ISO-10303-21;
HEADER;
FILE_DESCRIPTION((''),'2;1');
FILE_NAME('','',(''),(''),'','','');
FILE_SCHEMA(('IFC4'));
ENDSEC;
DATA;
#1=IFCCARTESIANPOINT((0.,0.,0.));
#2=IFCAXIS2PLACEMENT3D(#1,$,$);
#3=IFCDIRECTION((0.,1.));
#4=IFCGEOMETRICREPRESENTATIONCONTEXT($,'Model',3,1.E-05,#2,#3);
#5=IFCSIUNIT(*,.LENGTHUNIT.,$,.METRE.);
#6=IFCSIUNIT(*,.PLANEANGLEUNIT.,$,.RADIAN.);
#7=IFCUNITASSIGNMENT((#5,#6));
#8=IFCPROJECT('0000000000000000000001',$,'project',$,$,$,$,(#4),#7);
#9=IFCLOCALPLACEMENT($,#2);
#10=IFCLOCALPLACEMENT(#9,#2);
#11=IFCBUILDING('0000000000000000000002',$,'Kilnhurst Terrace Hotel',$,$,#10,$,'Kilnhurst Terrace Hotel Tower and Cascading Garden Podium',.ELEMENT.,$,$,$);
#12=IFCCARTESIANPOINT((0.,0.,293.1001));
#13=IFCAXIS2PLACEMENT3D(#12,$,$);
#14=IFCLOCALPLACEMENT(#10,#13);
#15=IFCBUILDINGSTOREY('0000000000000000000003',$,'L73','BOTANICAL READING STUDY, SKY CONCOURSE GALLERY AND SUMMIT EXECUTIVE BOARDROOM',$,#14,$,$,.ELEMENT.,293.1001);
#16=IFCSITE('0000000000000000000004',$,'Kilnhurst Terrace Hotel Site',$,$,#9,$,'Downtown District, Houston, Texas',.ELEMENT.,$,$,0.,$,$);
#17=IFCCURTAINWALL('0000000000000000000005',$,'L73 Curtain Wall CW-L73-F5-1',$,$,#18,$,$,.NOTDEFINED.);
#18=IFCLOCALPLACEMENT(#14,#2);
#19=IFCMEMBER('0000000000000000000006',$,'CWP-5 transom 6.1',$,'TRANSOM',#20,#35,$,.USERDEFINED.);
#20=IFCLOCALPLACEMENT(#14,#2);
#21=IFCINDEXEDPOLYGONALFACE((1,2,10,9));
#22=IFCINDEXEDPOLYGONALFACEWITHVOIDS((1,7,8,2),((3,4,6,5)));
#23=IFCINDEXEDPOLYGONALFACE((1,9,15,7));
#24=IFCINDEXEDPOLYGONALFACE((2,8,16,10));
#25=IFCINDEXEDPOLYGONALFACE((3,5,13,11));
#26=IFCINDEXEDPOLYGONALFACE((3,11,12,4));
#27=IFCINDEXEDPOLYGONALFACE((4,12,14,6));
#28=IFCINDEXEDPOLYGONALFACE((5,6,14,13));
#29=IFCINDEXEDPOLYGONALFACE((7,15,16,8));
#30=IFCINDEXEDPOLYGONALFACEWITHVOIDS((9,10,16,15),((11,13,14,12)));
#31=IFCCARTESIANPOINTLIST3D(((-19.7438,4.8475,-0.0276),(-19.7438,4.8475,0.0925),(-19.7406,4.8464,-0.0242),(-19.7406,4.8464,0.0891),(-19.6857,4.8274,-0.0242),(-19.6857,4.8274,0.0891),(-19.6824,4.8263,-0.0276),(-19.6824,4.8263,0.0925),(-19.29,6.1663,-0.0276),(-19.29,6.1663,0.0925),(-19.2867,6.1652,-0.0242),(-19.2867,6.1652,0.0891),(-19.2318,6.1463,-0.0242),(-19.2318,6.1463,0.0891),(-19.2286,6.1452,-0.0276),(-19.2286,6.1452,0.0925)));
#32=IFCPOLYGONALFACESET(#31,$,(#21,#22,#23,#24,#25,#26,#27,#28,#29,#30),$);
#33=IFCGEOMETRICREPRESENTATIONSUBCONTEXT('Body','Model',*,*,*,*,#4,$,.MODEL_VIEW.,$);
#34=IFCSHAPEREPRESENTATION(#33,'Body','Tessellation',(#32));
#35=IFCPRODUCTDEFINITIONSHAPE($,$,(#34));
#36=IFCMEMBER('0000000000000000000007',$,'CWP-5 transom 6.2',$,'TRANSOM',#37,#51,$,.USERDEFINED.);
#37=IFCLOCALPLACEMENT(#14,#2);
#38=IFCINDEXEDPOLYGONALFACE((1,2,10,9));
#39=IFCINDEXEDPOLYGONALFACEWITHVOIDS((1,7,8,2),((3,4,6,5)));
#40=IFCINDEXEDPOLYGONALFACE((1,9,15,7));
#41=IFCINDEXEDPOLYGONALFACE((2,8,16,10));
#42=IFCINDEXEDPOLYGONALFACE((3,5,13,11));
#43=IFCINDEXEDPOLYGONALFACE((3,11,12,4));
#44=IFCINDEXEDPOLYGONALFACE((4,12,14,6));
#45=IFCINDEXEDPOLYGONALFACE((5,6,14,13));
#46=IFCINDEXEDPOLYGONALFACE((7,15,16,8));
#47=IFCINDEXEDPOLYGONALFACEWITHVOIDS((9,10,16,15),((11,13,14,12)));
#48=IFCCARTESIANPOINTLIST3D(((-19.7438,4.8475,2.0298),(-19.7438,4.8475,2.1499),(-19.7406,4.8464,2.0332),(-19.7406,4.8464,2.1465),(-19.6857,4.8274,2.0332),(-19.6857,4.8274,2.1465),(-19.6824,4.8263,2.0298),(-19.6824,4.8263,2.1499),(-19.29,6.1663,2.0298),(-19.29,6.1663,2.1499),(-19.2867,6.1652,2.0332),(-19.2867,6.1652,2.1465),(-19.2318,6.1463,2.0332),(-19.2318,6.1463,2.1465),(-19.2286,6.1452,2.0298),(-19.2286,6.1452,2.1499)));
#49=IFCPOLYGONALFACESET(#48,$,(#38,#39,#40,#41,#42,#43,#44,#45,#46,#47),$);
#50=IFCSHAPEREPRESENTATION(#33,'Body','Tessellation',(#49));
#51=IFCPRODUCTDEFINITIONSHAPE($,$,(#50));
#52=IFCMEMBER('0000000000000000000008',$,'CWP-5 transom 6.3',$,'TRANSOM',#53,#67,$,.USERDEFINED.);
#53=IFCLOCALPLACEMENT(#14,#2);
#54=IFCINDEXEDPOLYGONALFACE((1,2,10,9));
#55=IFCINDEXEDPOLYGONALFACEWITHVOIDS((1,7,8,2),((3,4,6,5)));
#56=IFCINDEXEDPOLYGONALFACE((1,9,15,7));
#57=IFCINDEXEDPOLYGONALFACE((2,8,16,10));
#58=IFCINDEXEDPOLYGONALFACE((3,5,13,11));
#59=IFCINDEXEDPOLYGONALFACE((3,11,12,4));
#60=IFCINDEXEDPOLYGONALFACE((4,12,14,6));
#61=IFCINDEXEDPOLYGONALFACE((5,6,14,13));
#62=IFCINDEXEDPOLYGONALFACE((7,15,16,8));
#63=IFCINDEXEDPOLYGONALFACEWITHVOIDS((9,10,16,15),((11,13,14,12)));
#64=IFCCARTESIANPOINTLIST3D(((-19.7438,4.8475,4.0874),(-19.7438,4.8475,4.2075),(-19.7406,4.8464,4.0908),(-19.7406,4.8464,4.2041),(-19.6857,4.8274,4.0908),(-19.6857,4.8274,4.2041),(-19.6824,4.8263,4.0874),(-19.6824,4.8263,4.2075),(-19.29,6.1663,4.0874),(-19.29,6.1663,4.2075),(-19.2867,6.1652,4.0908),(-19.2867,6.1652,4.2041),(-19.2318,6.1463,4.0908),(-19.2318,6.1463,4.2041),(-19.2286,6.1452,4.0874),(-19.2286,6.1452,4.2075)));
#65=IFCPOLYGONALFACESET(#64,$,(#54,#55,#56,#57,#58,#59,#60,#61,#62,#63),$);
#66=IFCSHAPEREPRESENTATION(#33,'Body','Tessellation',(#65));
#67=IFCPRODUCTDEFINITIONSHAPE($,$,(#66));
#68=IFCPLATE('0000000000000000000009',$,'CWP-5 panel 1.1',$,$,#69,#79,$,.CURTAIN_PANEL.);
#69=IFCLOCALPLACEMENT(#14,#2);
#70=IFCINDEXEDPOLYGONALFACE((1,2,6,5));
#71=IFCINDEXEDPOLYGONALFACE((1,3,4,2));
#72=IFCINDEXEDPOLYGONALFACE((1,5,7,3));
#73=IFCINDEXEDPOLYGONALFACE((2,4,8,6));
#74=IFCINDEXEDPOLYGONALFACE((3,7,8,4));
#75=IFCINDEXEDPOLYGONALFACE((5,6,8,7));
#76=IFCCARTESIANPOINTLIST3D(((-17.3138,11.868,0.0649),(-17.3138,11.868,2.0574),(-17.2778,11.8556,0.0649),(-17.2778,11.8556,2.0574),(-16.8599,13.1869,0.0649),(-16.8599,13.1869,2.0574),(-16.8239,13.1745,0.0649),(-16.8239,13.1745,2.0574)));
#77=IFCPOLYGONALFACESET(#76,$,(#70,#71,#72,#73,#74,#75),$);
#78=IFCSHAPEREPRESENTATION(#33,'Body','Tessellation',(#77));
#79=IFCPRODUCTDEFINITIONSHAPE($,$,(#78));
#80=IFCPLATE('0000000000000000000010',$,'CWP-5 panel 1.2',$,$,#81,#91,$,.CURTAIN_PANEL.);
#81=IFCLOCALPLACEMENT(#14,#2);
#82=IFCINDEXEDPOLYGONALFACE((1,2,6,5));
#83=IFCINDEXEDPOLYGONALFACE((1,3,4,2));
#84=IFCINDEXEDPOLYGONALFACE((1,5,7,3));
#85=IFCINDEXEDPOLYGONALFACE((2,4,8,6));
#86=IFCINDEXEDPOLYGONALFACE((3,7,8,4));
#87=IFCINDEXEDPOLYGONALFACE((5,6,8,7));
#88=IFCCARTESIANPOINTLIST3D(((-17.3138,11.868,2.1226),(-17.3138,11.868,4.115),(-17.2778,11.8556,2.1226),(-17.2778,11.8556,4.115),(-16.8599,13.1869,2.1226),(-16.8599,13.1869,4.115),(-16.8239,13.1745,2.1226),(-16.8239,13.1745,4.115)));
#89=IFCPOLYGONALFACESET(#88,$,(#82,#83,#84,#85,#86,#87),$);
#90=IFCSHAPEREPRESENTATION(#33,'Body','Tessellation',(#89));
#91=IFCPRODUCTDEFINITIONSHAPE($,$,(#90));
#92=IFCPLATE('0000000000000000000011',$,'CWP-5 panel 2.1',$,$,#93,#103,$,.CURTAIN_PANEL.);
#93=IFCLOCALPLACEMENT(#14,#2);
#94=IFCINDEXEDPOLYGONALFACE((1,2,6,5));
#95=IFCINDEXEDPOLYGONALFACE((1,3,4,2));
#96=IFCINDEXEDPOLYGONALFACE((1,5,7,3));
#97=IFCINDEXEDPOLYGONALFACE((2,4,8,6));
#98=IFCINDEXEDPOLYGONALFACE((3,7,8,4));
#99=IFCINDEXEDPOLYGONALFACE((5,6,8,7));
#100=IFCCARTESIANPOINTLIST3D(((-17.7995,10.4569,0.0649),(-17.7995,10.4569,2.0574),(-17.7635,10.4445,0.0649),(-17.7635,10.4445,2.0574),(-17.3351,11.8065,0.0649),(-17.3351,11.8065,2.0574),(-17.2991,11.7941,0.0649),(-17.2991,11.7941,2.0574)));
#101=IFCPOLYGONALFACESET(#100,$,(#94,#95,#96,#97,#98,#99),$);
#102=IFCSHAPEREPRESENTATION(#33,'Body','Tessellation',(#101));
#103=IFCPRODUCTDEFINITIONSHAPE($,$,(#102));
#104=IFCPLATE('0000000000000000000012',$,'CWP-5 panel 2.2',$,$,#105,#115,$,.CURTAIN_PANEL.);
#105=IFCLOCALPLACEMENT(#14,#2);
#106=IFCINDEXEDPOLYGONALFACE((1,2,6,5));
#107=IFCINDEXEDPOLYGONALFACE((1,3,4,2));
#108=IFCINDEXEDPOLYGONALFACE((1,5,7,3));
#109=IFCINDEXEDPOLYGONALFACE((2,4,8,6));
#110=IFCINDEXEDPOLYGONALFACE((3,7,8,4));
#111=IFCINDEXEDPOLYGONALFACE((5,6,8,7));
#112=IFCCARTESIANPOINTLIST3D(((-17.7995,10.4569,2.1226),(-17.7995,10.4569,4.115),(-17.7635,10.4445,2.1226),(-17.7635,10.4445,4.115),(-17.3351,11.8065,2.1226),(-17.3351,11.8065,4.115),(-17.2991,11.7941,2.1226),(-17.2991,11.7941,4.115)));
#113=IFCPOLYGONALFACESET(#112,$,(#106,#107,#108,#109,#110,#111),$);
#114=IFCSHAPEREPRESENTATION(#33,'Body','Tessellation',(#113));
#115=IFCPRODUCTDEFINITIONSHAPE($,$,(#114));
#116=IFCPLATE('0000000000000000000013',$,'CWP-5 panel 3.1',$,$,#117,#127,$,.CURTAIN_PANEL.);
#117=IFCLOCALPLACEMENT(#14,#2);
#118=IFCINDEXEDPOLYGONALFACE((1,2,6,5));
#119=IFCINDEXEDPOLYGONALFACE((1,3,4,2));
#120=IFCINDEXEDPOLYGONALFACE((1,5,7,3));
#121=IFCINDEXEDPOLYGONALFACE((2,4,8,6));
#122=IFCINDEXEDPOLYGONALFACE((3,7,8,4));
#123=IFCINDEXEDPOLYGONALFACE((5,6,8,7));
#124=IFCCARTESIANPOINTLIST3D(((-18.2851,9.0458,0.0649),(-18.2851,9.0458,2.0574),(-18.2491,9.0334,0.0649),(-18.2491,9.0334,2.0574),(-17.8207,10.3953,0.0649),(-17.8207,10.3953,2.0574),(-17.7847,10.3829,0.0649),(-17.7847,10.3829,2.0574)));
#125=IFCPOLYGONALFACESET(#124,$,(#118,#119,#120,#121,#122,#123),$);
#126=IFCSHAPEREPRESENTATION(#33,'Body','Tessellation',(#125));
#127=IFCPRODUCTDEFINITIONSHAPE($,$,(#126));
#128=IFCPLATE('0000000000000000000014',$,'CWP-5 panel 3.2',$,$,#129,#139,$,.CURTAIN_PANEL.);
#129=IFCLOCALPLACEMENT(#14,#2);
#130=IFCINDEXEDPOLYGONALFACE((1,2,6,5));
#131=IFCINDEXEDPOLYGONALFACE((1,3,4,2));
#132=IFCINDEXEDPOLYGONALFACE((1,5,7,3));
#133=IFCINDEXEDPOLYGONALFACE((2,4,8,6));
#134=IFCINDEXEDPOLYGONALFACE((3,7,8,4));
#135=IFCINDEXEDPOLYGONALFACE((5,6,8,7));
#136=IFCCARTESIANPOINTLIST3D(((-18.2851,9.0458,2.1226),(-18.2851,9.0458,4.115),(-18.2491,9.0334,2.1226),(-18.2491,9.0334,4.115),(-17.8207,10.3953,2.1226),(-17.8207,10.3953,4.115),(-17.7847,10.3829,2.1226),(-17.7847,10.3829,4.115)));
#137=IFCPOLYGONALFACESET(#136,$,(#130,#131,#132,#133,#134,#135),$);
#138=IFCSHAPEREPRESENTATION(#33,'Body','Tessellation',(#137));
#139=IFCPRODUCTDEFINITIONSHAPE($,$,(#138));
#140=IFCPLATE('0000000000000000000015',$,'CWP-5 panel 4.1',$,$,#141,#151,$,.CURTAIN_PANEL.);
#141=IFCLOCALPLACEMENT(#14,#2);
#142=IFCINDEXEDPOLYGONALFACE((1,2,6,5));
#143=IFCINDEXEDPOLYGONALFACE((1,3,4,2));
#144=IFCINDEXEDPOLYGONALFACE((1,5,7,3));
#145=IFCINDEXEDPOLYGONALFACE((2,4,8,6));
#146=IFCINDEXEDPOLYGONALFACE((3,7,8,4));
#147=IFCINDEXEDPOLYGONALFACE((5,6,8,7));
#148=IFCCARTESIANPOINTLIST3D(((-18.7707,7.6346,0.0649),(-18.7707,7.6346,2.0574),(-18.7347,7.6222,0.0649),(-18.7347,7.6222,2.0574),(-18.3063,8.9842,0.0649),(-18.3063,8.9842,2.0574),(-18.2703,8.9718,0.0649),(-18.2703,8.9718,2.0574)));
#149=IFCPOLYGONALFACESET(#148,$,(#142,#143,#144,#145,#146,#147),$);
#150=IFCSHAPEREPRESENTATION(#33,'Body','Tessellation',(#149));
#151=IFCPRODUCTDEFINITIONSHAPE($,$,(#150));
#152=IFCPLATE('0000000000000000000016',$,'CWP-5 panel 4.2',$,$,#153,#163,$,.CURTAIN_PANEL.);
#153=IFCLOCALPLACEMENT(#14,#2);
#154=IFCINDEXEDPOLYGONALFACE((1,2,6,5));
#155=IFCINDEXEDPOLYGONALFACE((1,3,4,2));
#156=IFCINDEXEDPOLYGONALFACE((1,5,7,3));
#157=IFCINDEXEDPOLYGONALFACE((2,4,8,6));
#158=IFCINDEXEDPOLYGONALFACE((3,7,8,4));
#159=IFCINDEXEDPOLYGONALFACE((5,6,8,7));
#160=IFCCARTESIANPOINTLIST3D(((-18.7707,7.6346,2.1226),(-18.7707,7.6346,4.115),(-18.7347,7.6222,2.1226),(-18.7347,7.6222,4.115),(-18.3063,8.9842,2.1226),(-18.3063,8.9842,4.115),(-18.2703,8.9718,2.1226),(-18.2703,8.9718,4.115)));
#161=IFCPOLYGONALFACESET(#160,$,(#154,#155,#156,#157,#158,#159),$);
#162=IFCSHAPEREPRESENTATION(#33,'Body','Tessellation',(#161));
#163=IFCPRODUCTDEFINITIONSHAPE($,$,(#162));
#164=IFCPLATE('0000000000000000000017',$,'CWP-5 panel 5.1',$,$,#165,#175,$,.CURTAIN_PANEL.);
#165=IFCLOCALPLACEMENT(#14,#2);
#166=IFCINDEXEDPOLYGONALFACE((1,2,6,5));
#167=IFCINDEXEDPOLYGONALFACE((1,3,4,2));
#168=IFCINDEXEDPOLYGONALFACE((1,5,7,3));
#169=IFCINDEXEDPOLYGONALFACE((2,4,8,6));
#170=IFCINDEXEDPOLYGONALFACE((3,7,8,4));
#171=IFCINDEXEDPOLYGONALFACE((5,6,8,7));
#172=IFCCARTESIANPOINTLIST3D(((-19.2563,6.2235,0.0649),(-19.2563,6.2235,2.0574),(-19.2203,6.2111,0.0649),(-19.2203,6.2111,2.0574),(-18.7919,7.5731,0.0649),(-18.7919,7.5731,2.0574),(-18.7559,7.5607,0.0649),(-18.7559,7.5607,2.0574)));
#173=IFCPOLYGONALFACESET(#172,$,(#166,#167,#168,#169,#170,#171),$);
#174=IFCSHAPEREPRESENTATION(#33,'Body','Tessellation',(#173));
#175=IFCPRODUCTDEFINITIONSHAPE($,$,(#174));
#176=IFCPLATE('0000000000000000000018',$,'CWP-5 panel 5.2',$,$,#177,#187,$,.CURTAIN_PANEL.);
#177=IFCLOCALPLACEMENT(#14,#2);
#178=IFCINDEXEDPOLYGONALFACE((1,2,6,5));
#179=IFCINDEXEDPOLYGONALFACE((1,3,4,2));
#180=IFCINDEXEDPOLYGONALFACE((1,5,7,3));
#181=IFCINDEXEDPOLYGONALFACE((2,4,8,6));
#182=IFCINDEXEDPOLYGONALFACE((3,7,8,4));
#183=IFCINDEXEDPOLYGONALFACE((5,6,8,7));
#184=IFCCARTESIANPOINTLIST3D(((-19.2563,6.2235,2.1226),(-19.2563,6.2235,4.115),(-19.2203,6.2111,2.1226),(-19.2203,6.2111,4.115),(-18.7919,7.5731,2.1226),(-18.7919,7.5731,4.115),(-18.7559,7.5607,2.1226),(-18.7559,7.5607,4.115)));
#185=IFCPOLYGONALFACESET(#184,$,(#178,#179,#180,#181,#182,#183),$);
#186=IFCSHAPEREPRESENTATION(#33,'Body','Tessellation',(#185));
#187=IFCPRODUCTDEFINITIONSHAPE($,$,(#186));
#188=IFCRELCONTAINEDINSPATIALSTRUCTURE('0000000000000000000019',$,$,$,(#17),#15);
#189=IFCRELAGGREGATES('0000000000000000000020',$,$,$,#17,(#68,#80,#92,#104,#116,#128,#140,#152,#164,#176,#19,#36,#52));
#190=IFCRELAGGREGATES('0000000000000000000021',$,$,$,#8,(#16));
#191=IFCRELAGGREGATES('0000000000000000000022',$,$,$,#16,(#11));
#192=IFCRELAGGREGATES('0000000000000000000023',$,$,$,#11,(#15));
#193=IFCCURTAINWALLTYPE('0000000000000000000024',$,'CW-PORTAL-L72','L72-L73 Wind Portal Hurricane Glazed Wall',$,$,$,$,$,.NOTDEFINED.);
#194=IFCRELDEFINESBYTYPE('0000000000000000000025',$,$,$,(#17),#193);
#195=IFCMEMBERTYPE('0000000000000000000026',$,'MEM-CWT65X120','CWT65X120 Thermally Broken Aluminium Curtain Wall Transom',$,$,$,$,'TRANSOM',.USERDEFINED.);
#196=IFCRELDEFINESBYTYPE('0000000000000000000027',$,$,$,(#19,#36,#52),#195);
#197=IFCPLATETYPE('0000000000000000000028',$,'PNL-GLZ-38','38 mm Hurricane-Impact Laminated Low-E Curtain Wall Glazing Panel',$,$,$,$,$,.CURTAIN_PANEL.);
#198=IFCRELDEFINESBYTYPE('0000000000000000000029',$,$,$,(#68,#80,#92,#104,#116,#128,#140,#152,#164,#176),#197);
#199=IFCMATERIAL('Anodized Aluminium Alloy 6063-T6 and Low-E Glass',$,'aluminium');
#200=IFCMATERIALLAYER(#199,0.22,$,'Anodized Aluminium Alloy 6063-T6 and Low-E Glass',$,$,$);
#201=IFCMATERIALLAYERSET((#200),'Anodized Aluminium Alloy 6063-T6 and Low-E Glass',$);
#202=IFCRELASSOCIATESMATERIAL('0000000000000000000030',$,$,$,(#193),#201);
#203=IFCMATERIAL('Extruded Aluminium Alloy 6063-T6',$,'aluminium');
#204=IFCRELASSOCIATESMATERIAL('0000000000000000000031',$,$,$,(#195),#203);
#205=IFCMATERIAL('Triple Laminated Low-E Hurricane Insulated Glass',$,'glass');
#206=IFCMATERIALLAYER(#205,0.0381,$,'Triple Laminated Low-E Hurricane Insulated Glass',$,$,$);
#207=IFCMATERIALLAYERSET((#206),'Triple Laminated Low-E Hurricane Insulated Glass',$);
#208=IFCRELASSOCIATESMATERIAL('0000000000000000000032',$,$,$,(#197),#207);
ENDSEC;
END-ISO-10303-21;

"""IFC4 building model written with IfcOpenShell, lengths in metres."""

from ifc_helpers import new_model, si_unit, direction, frame, origin, origin_2d, place, context, subcontext, project, spatial, rectangle, hollow_rectangle, extrude, material, layer, layer_set, material_profile, profile_set, type_object, element, aggregate, save


model = new_model("IFC4")

# Units and contexts
model_context = context("Model", 3, precision=1e-05, world=origin(), true_north=direction((0.0, 1.0)))
body_context = subcontext(model_context, "Body", "Model", "MODEL_VIEW")
ifc_project = project(units=[si_unit("LENGTHUNIT", "METRE"), si_unit("PLANEANGLEUNIT", "RADIAN")], contexts=[model_context])

# Site, building, storey
site_placement = place(None, origin())
site = spatial("IfcSite", under=ifc_project, at=site_placement, Name="Kilnhurst Terrace Hotel Site", LongName="Downtown District, Houston, Texas", CompositionType="ELEMENT", RefElevation=0.0)
building_placement = place(site_placement, origin())
building = spatial("IfcBuilding", under=site, at=building_placement, Name="Kilnhurst Terrace Hotel", LongName="Kilnhurst Terrace Hotel Tower and Cascading Garden Podium", CompositionType="ELEMENT")
storey_placement = place(building_placement, frame((0.0, 0.0, 293.1001)))
storey = spatial("IfcBuildingStorey", under=building, at=storey_placement, Name="L73", Description="BOTANICAL READING STUDY, SKY CONCOURSE GALLERY AND SUMMIT EXECUTIVE BOARDROOM", CompositionType="ELEMENT", Elevation=293.1001)

# Curtain wall, members, plates
ifc_material_1 = material(Name="Anodized Aluminium Alloy 6063-T6 and Low-E Glass", Category="aluminium")
ifc_layer_1 = layer(ifc_material_1, 0.22, Name="Anodized Aluminium Alloy 6063-T6 and Low-E Glass")
ifc_layer_set_1 = layer_set([ifc_layer_1], Name="Anodized Aluminium Alloy 6063-T6 and Low-E Glass")
curtain_wall_type = type_object("IfcCurtainWallType", Name="CW-PORTAL-L72", Description="L72-L73 Wind Portal Hurricane Glazed Wall", PredefinedType="NOTDEFINED", material=ifc_layer_set_1)
curtain_wall_placement = place(storey_placement, origin())
curtain_wall = element("IfcCurtainWall", 1, at=curtain_wall_placement, inside=storey, type_object=curtain_wall_type, Name="L73 Curtain Wall CW-L73-F5-1", PredefinedType="NOTDEFINED")
ifc_material_2 = material(Name="Extruded Aluminium Alloy 6063-T6", Category="aluminium")
ifc_material_profile_1 = material_profile(ifc_material_2, hollow_rectangle(XDim=0.0649, YDim=0.1201, WallThickness=0.0034, at=origin_2d()), Name="CWT65X120")
ifc_profile_set_1 = profile_set([ifc_material_profile_1], Name="Extruded Aluminium Alloy 6063-T6")
member_type_1 = type_object("IfcMemberType", Name="MEM-CWT65X120", Description="CWT65X120 Thermally Broken Aluminium Curtain Wall Transom", ElementType="TRANSOM", PredefinedType="USERDEFINED", material=ifc_profile_set_1)
member_1_placement = place(storey_placement, frame((-19.2593, 6.1558, 0.0325), z_axis=(-0.325403, -0.945576, 0.0), x_axis=(0.945576, -0.325403, 0.0)))
member_1 = element("IfcMember", 2, at=member_1_placement, type_object=member_type_1, Name="CWP-5 transom 6.1", ObjectType="TRANSOM", PredefinedType="USERDEFINED", context=body_context, shape_type="SweptSolid", body=[
    extrude(hollow_rectangle(XDim=0.0649, YDim=0.1201, WallThickness=0.0034, at=origin_2d()), origin(), (0.0, 0.0, 1.0), 1.3948),
])
member_2_placement = place(storey_placement, frame((-19.2593, 6.1558, 2.0898), z_axis=(-0.325403, -0.945576, 0.0), x_axis=(0.945576, -0.325403, 0.0)))
member_2 = element("IfcMember", 3, at=member_2_placement, type_object=member_type_1, Name="CWP-5 transom 6.2", ObjectType="TRANSOM", PredefinedType="USERDEFINED", context=body_context, shape_type="SweptSolid", body=[
    extrude(hollow_rectangle(XDim=0.0649, YDim=0.1201, WallThickness=0.0034, at=origin_2d()), origin(), (0.0, 0.0, 1.0), 1.3948),
])
member_3_placement = place(storey_placement, frame((-19.2593, 6.1558, 4.1475), z_axis=(-0.325403, -0.945576, 0.0), x_axis=(0.945576, -0.325403, 0.0)))
member_3 = element("IfcMember", 4, at=member_3_placement, type_object=member_type_1, Name="CWP-5 transom 6.3", ObjectType="TRANSOM", PredefinedType="USERDEFINED", context=body_context, shape_type="SweptSolid", body=[
    extrude(hollow_rectangle(XDim=0.0649, YDim=0.1201, WallThickness=0.0034, at=origin_2d()), origin(), (0.0, 0.0, 1.0), 1.3948),
])
ifc_material_3 = material(Name="Triple Laminated Low-E Hurricane Insulated Glass", Category="glass")
ifc_layer_2 = layer(ifc_material_3, 0.0381, Name="Triple Laminated Low-E Hurricane Insulated Glass")
ifc_layer_set_2 = layer_set([ifc_layer_2], Name="Triple Laminated Low-E Hurricane Insulated Glass")
plate_type = type_object("IfcPlateType", Name="PNL-GLZ-38", Description="38 mm Hurricane-Impact Laminated Low-E Curtain Wall Glazing Panel", PredefinedType="CURTAIN_PANEL", material=ifc_layer_set_2)
plate_1_placement = place(storey_placement, frame((-17.0688, 12.5212, 0.0649), z_axis=(0.0, 0.0, 1.0), x_axis=(-0.325397, -0.945578, 0.0)))
plate_1 = element("IfcPlate", 5, at=plate_1_placement, type_object=plate_type, Name="CWP-5 panel 1.1", PredefinedType="CURTAIN_PANEL", context=body_context, shape_type="SweptSolid", body=[
    extrude(rectangle(XDim=1.3948, YDim=0.0381, at=origin_2d()), origin(), (0.0, 0.0, 1.0), 1.9924),
])
plate_2_placement = place(storey_placement, frame((-17.0688, 12.5212, 2.1226), z_axis=(0.0, 0.0, 1.0), x_axis=(-0.325397, -0.945578, 0.0)))
plate_2 = element("IfcPlate", 6, at=plate_2_placement, type_object=plate_type, Name="CWP-5 panel 1.2", PredefinedType="CURTAIN_PANEL", context=body_context, shape_type="SweptSolid", body=[
    extrude(rectangle(XDim=1.3948, YDim=0.0381, at=origin_2d()), origin(), (0.0, 0.0, 1.0), 1.9924),
])
plate_3_placement = place(storey_placement, frame((-17.5493, 11.1255, 0.0649), z_axis=(0.0, 0.0, 1.0), x_axis=(-0.325397, -0.945578, 0.0)))
plate_3 = element("IfcPlate", 7, at=plate_3_placement, type_object=plate_type, Name="CWP-5 panel 2.1", PredefinedType="CURTAIN_PANEL", context=body_context, shape_type="SweptSolid", body=[
    extrude(rectangle(XDim=1.4272, YDim=0.0381, at=origin_2d()), origin(), (0.0, 0.0, 1.0), 1.9924),
])
plate_4_placement = place(storey_placement, frame((-17.5493, 11.1255, 2.1226), z_axis=(0.0, 0.0, 1.0), x_axis=(-0.325397, -0.945578, 0.0)))
plate_4 = element("IfcPlate", 8, at=plate_4_placement, type_object=plate_type, Name="CWP-5 panel 2.2", PredefinedType="CURTAIN_PANEL", context=body_context, shape_type="SweptSolid", body=[
    extrude(rectangle(XDim=1.4272, YDim=0.0381, at=origin_2d()), origin(), (0.0, 0.0, 1.0), 1.9924),
])
plate_5_placement = place(storey_placement, frame((-18.0349, 9.7144, 0.0649), z_axis=(0.0, 0.0, 1.0), x_axis=(-0.325397, -0.945578, 0.0)))
plate_5 = element("IfcPlate", 9, at=plate_5_placement, type_object=plate_type, Name="CWP-5 panel 3.1", PredefinedType="CURTAIN_PANEL", context=body_context, shape_type="SweptSolid", body=[
    extrude(rectangle(XDim=1.4272, YDim=0.0381, at=origin_2d()), origin(), (0.0, 0.0, 1.0), 1.9924),
])
plate_6_placement = place(storey_placement, frame((-18.0349, 9.7144, 2.1226), z_axis=(0.0, 0.0, 1.0), x_axis=(-0.325397, -0.945578, 0.0)))
plate_6 = element("IfcPlate", 10, at=plate_6_placement, type_object=plate_type, Name="CWP-5 panel 3.2", PredefinedType="CURTAIN_PANEL", context=body_context, shape_type="SweptSolid", body=[
    extrude(rectangle(XDim=1.4272, YDim=0.0381, at=origin_2d()), origin(), (0.0, 0.0, 1.0), 1.9924),
])
plate_7_placement = place(storey_placement, frame((-18.5205, 8.3032, 0.0649), z_axis=(0.0, 0.0, 1.0), x_axis=(-0.325397, -0.945578, 0.0)))
plate_7 = element("IfcPlate", 11, at=plate_7_placement, type_object=plate_type, Name="CWP-5 panel 4.1", PredefinedType="CURTAIN_PANEL", context=body_context, shape_type="SweptSolid", body=[
    extrude(rectangle(XDim=1.4272, YDim=0.0381, at=origin_2d()), origin(), (0.0, 0.0, 1.0), 1.9924),
])
plate_8_placement = place(storey_placement, frame((-18.5205, 8.3032, 2.1226), z_axis=(0.0, 0.0, 1.0), x_axis=(-0.325397, -0.945578, 0.0)))
plate_8 = element("IfcPlate", 12, at=plate_8_placement, type_object=plate_type, Name="CWP-5 panel 4.2", PredefinedType="CURTAIN_PANEL", context=body_context, shape_type="SweptSolid", body=[
    extrude(rectangle(XDim=1.4272, YDim=0.0381, at=origin_2d()), origin(), (0.0, 0.0, 1.0), 1.9924),
])
plate_9_placement = place(storey_placement, frame((-19.0061, 6.8921, 0.0649), z_axis=(0.0, 0.0, 1.0), x_axis=(-0.325397, -0.945578, 0.0)))
plate_9 = element("IfcPlate", 13, at=plate_9_placement, type_object=plate_type, Name="CWP-5 panel 5.1", PredefinedType="CURTAIN_PANEL", context=body_context, shape_type="SweptSolid", body=[
    extrude(rectangle(XDim=1.4272, YDim=0.0381, at=origin_2d()), origin(), (0.0, 0.0, 1.0), 1.9924),
])
plate_10_placement = place(storey_placement, frame((-19.0061, 6.8921, 2.1226), z_axis=(0.0, 0.0, 1.0), x_axis=(-0.325397, -0.945578, 0.0)))
plate_10 = element("IfcPlate", 14, at=plate_10_placement, type_object=plate_type, Name="CWP-5 panel 5.2", PredefinedType="CURTAIN_PANEL", context=body_context, shape_type="SweptSolid", body=[
    extrude(rectangle(XDim=1.4272, YDim=0.0381, at=origin_2d()), origin(), (0.0, 0.0, 1.0), 1.9924),
])
aggregate(curtain_wall, [plate_1, plate_2, plate_3, plate_4, plate_5, plate_6, plate_7, plate_8, plate_9, plate_10, member_1, member_2, member_3])

save(model, "model.ifc")
